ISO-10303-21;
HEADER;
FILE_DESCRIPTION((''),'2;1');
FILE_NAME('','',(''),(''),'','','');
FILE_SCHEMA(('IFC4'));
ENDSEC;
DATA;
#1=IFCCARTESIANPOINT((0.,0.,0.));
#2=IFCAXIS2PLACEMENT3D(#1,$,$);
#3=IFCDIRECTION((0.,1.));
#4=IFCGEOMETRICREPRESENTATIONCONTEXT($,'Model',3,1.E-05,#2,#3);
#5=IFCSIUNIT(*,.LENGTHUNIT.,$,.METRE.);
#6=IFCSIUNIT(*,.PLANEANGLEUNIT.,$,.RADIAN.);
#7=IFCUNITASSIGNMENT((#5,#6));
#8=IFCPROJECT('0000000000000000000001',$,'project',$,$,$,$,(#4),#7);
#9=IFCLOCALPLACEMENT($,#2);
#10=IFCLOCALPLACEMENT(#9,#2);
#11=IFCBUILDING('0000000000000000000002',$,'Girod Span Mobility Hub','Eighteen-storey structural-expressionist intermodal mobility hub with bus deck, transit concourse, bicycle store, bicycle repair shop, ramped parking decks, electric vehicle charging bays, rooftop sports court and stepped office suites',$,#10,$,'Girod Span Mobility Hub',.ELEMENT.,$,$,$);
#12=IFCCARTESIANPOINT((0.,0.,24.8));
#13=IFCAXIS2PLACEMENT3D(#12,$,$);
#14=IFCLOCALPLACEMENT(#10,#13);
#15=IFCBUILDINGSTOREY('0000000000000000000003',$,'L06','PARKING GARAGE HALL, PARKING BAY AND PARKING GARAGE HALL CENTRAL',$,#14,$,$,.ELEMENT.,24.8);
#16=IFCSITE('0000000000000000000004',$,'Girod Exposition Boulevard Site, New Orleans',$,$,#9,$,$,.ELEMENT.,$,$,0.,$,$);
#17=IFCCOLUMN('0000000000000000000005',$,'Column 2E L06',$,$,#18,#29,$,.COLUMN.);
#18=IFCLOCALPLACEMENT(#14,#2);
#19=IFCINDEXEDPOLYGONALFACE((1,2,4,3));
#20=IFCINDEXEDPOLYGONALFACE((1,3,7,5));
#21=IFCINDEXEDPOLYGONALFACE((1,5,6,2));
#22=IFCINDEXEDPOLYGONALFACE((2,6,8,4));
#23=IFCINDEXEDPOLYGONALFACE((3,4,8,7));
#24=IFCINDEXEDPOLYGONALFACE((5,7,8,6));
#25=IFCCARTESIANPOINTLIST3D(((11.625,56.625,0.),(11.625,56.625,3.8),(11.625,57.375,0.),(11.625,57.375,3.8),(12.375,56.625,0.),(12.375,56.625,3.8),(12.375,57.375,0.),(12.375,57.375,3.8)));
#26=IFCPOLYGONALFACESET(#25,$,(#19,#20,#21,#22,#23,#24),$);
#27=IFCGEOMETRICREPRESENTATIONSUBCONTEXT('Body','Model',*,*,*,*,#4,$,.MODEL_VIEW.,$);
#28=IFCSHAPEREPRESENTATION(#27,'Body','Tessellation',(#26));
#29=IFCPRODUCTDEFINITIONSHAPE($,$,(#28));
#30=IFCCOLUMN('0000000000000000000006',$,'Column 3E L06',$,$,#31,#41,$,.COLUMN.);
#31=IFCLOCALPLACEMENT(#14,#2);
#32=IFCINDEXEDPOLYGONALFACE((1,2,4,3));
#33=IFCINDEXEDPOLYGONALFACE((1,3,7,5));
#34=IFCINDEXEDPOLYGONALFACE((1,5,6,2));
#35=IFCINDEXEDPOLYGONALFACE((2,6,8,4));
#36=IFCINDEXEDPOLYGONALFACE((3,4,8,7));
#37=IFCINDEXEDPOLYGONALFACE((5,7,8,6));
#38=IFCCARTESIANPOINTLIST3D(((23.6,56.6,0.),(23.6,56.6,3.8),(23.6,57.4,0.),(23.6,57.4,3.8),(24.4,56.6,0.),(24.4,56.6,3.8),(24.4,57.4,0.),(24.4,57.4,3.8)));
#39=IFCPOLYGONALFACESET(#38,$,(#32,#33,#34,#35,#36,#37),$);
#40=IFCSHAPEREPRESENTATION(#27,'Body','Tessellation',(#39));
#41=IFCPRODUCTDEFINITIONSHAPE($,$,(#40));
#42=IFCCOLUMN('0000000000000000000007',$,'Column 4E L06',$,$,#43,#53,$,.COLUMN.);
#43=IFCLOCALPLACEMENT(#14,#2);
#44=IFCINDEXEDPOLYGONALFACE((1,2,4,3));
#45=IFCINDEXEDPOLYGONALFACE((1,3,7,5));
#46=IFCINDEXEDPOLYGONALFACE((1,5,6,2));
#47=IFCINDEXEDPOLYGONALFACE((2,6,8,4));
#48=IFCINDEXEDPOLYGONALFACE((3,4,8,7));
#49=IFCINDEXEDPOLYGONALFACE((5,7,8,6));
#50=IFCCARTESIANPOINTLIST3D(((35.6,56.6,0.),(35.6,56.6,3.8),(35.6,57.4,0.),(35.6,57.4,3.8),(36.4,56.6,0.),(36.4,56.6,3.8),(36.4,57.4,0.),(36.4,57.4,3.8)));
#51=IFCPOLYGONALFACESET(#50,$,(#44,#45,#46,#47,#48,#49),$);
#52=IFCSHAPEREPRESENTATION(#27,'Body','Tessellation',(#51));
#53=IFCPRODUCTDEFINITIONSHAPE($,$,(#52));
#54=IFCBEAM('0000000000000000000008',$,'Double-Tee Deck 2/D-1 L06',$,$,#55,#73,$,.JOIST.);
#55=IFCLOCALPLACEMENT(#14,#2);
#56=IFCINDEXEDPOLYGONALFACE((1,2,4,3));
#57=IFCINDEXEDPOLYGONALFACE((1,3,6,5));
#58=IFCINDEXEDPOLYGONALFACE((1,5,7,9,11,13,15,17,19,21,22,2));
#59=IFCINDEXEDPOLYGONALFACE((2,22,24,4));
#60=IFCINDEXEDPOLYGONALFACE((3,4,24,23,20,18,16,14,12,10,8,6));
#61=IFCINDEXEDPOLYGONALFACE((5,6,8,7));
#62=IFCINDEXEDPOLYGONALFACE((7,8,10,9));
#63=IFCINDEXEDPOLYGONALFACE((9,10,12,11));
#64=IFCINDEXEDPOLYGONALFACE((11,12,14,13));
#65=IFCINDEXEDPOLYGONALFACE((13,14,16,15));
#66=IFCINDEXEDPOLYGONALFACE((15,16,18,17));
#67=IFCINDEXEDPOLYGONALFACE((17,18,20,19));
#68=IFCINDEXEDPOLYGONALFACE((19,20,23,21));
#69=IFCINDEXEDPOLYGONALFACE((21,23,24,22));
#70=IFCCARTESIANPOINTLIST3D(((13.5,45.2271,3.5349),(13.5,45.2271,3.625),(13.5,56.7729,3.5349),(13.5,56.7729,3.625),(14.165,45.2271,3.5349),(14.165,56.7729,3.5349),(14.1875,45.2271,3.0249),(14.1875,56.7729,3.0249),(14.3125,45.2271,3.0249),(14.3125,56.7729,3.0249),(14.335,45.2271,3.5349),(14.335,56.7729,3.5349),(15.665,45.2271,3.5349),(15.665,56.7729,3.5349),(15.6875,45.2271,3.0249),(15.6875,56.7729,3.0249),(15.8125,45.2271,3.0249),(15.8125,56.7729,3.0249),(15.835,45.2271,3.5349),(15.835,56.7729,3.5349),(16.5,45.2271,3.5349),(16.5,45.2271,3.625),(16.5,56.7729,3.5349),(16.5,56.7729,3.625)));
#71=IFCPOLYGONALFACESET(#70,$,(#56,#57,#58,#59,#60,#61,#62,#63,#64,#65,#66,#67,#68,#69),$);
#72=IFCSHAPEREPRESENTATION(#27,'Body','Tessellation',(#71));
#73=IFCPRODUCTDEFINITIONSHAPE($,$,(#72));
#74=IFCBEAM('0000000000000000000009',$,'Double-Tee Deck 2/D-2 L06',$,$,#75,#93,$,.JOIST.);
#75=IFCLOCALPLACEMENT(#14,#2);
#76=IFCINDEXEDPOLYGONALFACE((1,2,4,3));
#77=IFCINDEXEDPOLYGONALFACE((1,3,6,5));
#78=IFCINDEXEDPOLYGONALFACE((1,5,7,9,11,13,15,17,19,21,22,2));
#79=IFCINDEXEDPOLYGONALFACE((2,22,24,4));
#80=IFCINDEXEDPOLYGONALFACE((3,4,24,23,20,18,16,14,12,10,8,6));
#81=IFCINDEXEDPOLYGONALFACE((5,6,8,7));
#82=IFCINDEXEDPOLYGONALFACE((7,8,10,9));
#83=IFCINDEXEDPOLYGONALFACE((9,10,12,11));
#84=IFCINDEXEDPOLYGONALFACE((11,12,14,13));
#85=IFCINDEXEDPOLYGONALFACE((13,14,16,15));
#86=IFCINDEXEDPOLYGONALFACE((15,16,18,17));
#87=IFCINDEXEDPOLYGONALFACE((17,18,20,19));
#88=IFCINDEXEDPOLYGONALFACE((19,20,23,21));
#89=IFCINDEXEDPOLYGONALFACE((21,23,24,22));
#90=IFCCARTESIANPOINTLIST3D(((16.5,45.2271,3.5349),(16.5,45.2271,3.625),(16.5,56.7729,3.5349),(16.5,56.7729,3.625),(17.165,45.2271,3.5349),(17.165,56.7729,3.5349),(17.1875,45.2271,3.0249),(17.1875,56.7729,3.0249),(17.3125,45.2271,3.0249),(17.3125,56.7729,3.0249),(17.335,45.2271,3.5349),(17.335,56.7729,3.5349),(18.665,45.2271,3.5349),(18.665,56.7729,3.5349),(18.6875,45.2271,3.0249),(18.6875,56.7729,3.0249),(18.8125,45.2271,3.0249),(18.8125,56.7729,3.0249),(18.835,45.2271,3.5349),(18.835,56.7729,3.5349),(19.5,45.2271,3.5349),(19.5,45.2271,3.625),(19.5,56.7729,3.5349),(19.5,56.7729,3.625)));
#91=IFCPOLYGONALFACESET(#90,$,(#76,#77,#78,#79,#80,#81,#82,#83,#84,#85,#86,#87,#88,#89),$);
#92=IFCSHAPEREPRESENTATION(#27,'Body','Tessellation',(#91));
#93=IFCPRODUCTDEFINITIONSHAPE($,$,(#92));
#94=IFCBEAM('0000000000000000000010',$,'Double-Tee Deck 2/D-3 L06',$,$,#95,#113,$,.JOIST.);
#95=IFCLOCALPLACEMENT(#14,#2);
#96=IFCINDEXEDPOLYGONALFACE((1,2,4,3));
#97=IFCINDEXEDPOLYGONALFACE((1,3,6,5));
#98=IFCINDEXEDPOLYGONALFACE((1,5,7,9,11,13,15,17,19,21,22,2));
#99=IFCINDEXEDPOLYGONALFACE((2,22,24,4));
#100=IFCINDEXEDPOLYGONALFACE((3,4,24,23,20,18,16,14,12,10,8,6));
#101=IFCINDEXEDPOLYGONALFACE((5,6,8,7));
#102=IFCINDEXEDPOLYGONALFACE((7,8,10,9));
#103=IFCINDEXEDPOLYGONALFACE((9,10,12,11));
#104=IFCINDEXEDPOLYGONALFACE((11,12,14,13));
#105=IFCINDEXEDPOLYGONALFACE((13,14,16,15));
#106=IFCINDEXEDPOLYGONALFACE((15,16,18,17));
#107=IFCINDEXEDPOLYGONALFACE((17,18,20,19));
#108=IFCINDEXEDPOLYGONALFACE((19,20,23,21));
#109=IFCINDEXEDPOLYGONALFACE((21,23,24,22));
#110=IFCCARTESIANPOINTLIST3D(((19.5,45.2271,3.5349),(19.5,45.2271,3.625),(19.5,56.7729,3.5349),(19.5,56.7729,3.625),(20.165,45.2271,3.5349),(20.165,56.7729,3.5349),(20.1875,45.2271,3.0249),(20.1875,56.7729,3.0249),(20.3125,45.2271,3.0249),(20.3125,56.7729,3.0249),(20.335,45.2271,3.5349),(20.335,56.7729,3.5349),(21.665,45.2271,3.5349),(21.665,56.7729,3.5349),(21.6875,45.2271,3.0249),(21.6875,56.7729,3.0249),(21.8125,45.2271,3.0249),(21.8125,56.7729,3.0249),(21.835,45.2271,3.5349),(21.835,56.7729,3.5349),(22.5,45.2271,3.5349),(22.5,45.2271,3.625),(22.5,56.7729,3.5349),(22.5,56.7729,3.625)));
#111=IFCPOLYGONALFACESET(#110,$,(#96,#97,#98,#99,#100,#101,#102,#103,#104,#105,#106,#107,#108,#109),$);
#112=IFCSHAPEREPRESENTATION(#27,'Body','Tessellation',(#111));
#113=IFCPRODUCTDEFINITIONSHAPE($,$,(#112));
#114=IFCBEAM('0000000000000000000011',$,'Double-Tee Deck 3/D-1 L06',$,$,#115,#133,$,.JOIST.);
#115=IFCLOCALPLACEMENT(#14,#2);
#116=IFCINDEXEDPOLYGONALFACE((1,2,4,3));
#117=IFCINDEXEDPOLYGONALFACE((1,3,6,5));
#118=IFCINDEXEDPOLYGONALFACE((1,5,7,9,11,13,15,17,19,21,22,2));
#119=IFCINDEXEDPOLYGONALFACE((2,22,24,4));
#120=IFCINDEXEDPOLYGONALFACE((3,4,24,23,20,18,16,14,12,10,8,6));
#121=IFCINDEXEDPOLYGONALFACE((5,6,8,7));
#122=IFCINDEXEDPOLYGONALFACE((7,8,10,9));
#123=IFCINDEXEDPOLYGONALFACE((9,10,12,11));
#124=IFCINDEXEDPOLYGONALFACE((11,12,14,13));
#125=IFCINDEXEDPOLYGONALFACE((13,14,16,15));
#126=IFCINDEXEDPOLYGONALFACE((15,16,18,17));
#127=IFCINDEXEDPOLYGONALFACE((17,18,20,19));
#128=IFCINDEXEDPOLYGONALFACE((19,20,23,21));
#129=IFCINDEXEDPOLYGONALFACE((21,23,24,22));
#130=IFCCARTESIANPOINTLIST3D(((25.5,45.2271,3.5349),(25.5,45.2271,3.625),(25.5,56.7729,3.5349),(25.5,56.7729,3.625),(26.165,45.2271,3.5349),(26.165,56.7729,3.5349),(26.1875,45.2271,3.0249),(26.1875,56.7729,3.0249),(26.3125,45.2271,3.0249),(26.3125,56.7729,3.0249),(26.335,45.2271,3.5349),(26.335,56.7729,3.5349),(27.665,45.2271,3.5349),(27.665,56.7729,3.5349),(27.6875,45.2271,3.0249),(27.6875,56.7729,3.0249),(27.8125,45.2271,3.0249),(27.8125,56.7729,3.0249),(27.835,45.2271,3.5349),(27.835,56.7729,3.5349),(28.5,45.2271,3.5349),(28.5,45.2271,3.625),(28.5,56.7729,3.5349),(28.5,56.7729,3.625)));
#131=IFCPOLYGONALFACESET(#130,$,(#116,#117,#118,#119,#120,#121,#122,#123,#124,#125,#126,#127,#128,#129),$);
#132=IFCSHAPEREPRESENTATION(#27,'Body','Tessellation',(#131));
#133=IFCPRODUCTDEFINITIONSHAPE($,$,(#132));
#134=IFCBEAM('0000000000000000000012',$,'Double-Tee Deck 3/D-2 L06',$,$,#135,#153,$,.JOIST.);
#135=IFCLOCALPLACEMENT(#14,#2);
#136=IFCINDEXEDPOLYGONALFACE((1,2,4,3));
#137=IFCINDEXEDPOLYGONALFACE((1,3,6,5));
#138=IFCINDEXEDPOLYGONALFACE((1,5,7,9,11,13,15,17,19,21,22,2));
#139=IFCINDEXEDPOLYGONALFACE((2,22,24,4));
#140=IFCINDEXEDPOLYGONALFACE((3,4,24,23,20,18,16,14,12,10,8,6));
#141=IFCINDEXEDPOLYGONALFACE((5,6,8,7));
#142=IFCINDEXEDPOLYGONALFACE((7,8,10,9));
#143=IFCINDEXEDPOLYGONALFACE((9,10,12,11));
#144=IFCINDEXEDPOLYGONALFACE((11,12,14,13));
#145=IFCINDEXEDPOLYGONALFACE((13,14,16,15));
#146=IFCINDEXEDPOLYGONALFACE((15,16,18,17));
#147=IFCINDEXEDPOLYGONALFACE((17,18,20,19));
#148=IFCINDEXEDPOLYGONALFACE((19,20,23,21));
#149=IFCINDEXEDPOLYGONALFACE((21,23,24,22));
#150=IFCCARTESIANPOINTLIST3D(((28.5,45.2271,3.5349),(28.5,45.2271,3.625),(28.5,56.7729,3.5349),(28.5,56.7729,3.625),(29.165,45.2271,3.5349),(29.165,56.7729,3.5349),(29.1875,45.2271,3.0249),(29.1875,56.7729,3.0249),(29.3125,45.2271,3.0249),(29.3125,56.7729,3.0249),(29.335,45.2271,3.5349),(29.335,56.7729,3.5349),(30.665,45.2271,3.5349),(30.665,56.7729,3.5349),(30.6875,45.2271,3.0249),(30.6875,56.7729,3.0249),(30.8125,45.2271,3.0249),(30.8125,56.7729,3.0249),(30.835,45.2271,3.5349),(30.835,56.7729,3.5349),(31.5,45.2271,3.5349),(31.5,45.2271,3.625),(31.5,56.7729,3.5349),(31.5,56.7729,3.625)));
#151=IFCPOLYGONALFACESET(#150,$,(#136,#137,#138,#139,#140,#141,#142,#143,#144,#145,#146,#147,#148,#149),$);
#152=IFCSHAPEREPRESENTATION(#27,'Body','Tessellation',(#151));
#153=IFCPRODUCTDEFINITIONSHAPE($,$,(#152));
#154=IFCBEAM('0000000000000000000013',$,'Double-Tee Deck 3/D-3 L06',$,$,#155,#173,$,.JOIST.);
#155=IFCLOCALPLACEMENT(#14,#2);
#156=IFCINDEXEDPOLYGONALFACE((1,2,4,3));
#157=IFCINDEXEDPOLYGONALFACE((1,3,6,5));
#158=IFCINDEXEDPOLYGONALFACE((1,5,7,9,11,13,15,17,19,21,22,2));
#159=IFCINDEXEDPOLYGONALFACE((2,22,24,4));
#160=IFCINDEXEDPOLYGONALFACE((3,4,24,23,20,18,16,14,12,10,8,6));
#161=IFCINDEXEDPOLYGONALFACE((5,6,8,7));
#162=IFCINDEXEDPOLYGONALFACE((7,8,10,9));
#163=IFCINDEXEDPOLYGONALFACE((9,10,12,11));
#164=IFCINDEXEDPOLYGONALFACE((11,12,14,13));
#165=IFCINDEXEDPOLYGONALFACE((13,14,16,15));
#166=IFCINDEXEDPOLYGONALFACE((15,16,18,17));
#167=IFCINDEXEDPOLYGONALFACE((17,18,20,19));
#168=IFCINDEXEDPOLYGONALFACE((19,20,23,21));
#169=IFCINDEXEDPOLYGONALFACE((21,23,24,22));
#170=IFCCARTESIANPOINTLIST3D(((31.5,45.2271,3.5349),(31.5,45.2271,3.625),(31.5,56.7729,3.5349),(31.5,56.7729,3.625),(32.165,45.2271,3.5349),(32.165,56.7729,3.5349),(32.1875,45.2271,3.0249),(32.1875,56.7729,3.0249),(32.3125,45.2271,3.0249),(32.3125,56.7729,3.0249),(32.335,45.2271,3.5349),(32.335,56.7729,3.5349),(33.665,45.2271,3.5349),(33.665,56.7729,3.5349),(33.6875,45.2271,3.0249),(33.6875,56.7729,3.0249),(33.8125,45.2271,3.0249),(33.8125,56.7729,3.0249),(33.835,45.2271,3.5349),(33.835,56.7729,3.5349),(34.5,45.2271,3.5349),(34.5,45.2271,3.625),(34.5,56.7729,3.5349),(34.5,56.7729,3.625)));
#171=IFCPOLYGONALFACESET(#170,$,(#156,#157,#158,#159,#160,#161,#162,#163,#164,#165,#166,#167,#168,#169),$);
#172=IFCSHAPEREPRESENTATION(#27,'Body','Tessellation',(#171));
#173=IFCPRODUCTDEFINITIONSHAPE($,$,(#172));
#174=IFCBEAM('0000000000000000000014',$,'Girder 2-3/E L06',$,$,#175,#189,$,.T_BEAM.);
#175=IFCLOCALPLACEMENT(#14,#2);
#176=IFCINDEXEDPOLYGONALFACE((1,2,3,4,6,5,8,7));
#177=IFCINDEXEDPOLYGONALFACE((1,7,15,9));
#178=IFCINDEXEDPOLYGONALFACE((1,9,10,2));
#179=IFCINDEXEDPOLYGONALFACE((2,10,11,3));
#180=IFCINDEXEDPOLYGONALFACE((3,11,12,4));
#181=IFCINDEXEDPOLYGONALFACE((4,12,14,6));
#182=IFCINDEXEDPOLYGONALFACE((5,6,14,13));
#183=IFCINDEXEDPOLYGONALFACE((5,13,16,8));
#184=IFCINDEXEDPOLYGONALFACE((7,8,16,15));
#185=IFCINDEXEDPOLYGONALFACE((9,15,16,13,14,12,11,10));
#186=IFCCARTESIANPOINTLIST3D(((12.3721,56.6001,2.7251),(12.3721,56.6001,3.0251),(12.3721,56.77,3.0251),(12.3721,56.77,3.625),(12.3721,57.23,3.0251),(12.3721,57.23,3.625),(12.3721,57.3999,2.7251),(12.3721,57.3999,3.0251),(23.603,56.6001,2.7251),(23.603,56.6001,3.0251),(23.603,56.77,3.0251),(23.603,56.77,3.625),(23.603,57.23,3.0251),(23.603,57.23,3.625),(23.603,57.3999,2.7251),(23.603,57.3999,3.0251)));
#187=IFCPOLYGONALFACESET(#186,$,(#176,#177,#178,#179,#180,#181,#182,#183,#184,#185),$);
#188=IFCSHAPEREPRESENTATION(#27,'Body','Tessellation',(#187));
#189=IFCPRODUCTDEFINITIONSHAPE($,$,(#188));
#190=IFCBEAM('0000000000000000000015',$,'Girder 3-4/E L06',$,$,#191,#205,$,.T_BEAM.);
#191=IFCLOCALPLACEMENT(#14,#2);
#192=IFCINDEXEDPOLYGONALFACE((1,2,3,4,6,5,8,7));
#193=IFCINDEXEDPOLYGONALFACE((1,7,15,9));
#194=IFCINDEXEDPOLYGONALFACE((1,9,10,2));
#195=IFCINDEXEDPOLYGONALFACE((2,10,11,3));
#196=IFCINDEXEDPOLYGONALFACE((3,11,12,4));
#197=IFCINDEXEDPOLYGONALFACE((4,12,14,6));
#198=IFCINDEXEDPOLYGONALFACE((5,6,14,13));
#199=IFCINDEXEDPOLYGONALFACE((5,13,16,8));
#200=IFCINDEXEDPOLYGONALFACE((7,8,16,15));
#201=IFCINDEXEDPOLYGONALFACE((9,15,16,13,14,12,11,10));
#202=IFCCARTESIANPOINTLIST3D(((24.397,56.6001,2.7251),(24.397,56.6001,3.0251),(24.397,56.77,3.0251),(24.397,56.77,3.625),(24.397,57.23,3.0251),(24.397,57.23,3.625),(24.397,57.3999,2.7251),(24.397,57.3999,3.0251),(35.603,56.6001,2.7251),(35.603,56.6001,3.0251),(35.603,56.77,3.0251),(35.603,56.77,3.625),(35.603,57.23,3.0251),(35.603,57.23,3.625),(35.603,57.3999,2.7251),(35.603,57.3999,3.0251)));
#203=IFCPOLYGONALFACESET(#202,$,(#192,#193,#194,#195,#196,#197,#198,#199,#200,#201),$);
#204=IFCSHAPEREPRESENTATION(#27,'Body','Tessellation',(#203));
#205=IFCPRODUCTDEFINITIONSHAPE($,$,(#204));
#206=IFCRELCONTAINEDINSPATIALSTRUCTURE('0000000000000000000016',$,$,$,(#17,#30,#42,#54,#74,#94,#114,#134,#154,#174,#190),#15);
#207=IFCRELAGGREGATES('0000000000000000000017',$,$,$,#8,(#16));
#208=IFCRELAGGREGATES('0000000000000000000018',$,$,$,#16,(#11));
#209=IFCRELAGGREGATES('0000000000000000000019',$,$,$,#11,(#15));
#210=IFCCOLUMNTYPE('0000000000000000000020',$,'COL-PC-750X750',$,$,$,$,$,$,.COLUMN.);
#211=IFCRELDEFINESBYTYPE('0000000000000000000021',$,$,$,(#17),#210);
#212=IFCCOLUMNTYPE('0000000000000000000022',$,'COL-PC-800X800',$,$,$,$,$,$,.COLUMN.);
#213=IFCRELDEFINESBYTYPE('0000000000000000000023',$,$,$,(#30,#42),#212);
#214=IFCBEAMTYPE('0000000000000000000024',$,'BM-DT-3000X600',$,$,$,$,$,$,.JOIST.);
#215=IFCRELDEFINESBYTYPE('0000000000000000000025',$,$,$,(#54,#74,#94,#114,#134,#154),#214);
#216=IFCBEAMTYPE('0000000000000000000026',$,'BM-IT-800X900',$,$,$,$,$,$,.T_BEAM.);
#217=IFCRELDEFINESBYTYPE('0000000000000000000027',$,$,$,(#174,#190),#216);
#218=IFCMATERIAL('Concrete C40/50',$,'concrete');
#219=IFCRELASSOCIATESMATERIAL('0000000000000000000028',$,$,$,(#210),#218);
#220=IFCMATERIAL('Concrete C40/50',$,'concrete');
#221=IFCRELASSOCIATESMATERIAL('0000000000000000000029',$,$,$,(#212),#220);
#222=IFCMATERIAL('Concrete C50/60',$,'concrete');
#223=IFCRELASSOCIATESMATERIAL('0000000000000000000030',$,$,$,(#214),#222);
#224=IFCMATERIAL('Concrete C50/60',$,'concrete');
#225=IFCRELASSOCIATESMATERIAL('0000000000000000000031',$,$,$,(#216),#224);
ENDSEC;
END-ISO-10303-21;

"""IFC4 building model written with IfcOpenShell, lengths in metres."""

from ifc_helpers import new_model, si_unit, direction, frame, origin, origin_2d, place, context, subcontext, project, spatial, polyline, rectangle, outline, extrude, material, material_profile, profile_set, type_object, element, save


model = new_model("IFC4")

# Units and contexts
model_context = context("Model", 3, precision=1e-05, world=origin(), true_north=direction((0.0, 1.0)))
body_context = subcontext(model_context, "Body", "Model", "MODEL_VIEW")
ifc_project = project(units=[si_unit("LENGTHUNIT", "METRE"), si_unit("PLANEANGLEUNIT", "RADIAN")], contexts=[model_context])

# Site, building, storey
site_placement = place(None, origin())
site = spatial("IfcSite", under=ifc_project, at=site_placement, Name="Girod Exposition Boulevard Site, New Orleans", CompositionType="ELEMENT", RefElevation=0.0)
building_placement = place(site_placement, origin())
building = spatial("IfcBuilding", under=site, at=building_placement, Name="Girod Span Mobility Hub", Description="Eighteen-storey structural-expressionist intermodal mobility hub with bus deck, transit concourse, bicycle store, bicycle repair shop, ramped parking decks, electric vehicle charging bays, rooftop sports court and stepped office suites", LongName="Girod Span Mobility Hub", CompositionType="ELEMENT")
storey_placement = place(building_placement, frame((0.0, 0.0, 24.8)))
storey = spatial("IfcBuildingStorey", under=building, at=storey_placement, Name="L06", Description="PARKING GARAGE HALL, PARKING BAY AND PARKING GARAGE HALL CENTRAL", CompositionType="ELEMENT", Elevation=24.8)

# Columns
ifc_material_1 = material(Name="Concrete C40/50", Category="concrete")
ifc_material_profile_1 = material_profile(ifc_material_1, rectangle(XDim=0.75, YDim=0.75, at=origin_2d()), Name="PC-COL-750X750")
ifc_profile_set_1 = profile_set([ifc_material_profile_1], Name="Concrete C40/50")
column_type_1 = type_object("IfcColumnType", Name="COL-PC-750X750", PredefinedType="COLUMN", material=ifc_profile_set_1)
column_placement = place(storey_placement, frame((12.0, 57.0, 0.0), z_axis=(0.0, 0.0, 1.0), x_axis=(1.0, 0.0, 0.0)))
element("IfcColumn", 1, at=column_placement, inside=storey, type_object=column_type_1, Name="Column 2E L06", PredefinedType="COLUMN", context=body_context, shape_type="SweptSolid", body=[
    extrude(rectangle(XDim=0.75, YDim=0.75, at=origin_2d()), origin(), (0.0, 0.0, 1.0), 3.8),
])
ifc_material_2 = material(Name="Concrete C40/50", Category="concrete")
ifc_material_profile_2 = material_profile(ifc_material_2, rectangle(XDim=0.8, YDim=0.8, at=origin_2d()), Name="PC-COL-800X800")
ifc_profile_set_2 = profile_set([ifc_material_profile_2], Name="Concrete C40/50")
column_type_2 = type_object("IfcColumnType", Name="COL-PC-800X800", PredefinedType="COLUMN", material=ifc_profile_set_2)
for number, where, z_axis, x_axis, name in (
    (2, (24.0, 57.0, 0.0), (0.0, 0.0, 1.0), (1.0, 0.0, 0.0), "Column 3E L06"),
    (3, (36.0, 57.0, 0.0), (0.0, 0.0, 1.0), (1.0, 0.0, 0.0), "Column 4E L06"),
):
    element("IfcColumn", number, at=place(storey_placement, frame(where, z_axis=z_axis, x_axis=x_axis)), inside=storey, type_object=column_type_2, Name=name, PredefinedType="COLUMN", context=body_context, shape_type="SweptSolid", body=[
        extrude(rectangle(XDim=0.8, YDim=0.8, at=origin_2d()), origin(), (0.0, 0.0, 1.0), 3.8),
    ])

# Beams
ifc_material_3 = material(Name="Concrete C50/60", Category="concrete")
ifc_material_profile_3 = material_profile(ifc_material_3, outline(polyline([(-1.5, 0.3), (-1.5, 0.21), (-0.835, 0.21), (-0.8125, -0.3), (-0.6875, -0.3), (-0.665, 0.21), (0.665, 0.21), (0.6875, -0.3), (0.8125, -0.3), (0.835, 0.21), (1.5, 0.21), (1.5, 0.3), (-1.5, 0.3)])), Name="DT-3000X600")
ifc_profile_set_3 = profile_set([ifc_material_profile_3], Name="Concrete C50/60")
beam_type_1 = type_object("IfcBeamType", Name="BM-DT-3000X600", PredefinedType="JOIST", material=ifc_profile_set_3)
for number, where, z_axis, x_axis, name in (
    (4, (15.0, 45.2271, 3.325), (0.0, 1.0, 0.0), (-1.0, 0.0, 0.0), "Double-Tee Deck 2/D-1 L06"),
    (5, (18.0, 45.2271, 3.325), (0.0, 1.0, 0.0), (-1.0, 0.0, 0.0), "Double-Tee Deck 2/D-2 L06"),
    (6, (21.0, 45.2271, 3.325), (0.0, 1.0, 0.0), (-1.0, 0.0, 0.0), "Double-Tee Deck 2/D-3 L06"),
    (7, (27.0, 45.2271, 3.325), (0.0, 1.0, 0.0), (-1.0, 0.0, 0.0), "Double-Tee Deck 3/D-1 L06"),
    (8, (30.0, 45.2271, 3.325), (0.0, 1.0, 0.0), (-1.0, 0.0, 0.0), "Double-Tee Deck 3/D-2 L06"),
    (9, (33.0, 45.2271, 3.325), (0.0, 1.0, 0.0), (-1.0, 0.0, 0.0), "Double-Tee Deck 3/D-3 L06"),
):
    element("IfcBeam", number, at=place(storey_placement, frame(where, z_axis=z_axis, x_axis=x_axis)), inside=storey, type_object=beam_type_1, Name=name, PredefinedType="JOIST", context=body_context, shape_type="SweptSolid", body=[
        extrude(outline(polyline([(-1.5, 0.3), (-1.5, 0.21), (-0.835, 0.21), (-0.8125, -0.3), (-0.6875, -0.3), (-0.665, 0.21), (0.665, 0.21), (0.6875, -0.3), (0.8125, -0.3), (0.835, 0.21), (1.5, 0.21), (1.5, 0.3), (-1.5, 0.3)])), origin(), (0.0, 0.0, 1.0), 11.5459),
    ])
ifc_material_4 = material(Name="Concrete C50/60", Category="concrete")
ifc_material_profile_4 = material_profile(ifc_material_4, outline(polyline([(-0.3999, -0.45), (0.3999, -0.45), (0.3999, -0.1499), (0.23, -0.1499), (0.23, 0.45), (-0.23, 0.45), (-0.23, -0.1499), (-0.3999, -0.1499), (-0.3999, -0.45)])), Name="IT-800X900")
ifc_profile_set_4 = profile_set([ifc_material_profile_4], Name="Concrete C50/60")
beam_type_2 = type_object("IfcBeamType", Name="BM-IT-800X900", PredefinedType="T_BEAM", material=ifc_profile_set_4)
beam_1_placement = place(storey_placement, frame((12.3721, 57.0, 3.175), z_axis=(1.0, 0.0, 0.0), x_axis=(0.0, 1.0, 0.0)))
element("IfcBeam", 10, at=beam_1_placement, inside=storey, type_object=beam_type_2, Name="Girder 2-3/E L06", PredefinedType="T_BEAM", context=body_context, shape_type="SweptSolid", body=[
    extrude(outline(polyline([(-0.3999, -0.45), (0.3999, -0.45), (0.3999, -0.1499), (0.23, -0.1499), (0.23, 0.45), (-0.23, 0.45), (-0.23, -0.1499), (-0.3999, -0.1499), (-0.3999, -0.45)])), origin(), (0.0, 0.0, 1.0), 11.231),
])
beam_2_placement = place(storey_placement, frame((24.397, 57.0, 3.175), z_axis=(1.0, 0.0, 0.0), x_axis=(0.0, 1.0, 0.0)))
element("IfcBeam", 11, at=beam_2_placement, inside=storey, type_object=beam_type_2, Name="Girder 3-4/E L06", PredefinedType="T_BEAM", context=body_context, shape_type="SweptSolid", body=[
    extrude(outline(polyline([(-0.3999, -0.45), (0.3999, -0.45), (0.3999, -0.1499), (0.23, -0.1499), (0.23, 0.45), (-0.23, 0.45), (-0.23, -0.1499), (-0.3999, -0.1499), (-0.3999, -0.45)])), origin(), (0.0, 0.0, 1.0), 11.2061),
])

save(model, "model.ifc")
